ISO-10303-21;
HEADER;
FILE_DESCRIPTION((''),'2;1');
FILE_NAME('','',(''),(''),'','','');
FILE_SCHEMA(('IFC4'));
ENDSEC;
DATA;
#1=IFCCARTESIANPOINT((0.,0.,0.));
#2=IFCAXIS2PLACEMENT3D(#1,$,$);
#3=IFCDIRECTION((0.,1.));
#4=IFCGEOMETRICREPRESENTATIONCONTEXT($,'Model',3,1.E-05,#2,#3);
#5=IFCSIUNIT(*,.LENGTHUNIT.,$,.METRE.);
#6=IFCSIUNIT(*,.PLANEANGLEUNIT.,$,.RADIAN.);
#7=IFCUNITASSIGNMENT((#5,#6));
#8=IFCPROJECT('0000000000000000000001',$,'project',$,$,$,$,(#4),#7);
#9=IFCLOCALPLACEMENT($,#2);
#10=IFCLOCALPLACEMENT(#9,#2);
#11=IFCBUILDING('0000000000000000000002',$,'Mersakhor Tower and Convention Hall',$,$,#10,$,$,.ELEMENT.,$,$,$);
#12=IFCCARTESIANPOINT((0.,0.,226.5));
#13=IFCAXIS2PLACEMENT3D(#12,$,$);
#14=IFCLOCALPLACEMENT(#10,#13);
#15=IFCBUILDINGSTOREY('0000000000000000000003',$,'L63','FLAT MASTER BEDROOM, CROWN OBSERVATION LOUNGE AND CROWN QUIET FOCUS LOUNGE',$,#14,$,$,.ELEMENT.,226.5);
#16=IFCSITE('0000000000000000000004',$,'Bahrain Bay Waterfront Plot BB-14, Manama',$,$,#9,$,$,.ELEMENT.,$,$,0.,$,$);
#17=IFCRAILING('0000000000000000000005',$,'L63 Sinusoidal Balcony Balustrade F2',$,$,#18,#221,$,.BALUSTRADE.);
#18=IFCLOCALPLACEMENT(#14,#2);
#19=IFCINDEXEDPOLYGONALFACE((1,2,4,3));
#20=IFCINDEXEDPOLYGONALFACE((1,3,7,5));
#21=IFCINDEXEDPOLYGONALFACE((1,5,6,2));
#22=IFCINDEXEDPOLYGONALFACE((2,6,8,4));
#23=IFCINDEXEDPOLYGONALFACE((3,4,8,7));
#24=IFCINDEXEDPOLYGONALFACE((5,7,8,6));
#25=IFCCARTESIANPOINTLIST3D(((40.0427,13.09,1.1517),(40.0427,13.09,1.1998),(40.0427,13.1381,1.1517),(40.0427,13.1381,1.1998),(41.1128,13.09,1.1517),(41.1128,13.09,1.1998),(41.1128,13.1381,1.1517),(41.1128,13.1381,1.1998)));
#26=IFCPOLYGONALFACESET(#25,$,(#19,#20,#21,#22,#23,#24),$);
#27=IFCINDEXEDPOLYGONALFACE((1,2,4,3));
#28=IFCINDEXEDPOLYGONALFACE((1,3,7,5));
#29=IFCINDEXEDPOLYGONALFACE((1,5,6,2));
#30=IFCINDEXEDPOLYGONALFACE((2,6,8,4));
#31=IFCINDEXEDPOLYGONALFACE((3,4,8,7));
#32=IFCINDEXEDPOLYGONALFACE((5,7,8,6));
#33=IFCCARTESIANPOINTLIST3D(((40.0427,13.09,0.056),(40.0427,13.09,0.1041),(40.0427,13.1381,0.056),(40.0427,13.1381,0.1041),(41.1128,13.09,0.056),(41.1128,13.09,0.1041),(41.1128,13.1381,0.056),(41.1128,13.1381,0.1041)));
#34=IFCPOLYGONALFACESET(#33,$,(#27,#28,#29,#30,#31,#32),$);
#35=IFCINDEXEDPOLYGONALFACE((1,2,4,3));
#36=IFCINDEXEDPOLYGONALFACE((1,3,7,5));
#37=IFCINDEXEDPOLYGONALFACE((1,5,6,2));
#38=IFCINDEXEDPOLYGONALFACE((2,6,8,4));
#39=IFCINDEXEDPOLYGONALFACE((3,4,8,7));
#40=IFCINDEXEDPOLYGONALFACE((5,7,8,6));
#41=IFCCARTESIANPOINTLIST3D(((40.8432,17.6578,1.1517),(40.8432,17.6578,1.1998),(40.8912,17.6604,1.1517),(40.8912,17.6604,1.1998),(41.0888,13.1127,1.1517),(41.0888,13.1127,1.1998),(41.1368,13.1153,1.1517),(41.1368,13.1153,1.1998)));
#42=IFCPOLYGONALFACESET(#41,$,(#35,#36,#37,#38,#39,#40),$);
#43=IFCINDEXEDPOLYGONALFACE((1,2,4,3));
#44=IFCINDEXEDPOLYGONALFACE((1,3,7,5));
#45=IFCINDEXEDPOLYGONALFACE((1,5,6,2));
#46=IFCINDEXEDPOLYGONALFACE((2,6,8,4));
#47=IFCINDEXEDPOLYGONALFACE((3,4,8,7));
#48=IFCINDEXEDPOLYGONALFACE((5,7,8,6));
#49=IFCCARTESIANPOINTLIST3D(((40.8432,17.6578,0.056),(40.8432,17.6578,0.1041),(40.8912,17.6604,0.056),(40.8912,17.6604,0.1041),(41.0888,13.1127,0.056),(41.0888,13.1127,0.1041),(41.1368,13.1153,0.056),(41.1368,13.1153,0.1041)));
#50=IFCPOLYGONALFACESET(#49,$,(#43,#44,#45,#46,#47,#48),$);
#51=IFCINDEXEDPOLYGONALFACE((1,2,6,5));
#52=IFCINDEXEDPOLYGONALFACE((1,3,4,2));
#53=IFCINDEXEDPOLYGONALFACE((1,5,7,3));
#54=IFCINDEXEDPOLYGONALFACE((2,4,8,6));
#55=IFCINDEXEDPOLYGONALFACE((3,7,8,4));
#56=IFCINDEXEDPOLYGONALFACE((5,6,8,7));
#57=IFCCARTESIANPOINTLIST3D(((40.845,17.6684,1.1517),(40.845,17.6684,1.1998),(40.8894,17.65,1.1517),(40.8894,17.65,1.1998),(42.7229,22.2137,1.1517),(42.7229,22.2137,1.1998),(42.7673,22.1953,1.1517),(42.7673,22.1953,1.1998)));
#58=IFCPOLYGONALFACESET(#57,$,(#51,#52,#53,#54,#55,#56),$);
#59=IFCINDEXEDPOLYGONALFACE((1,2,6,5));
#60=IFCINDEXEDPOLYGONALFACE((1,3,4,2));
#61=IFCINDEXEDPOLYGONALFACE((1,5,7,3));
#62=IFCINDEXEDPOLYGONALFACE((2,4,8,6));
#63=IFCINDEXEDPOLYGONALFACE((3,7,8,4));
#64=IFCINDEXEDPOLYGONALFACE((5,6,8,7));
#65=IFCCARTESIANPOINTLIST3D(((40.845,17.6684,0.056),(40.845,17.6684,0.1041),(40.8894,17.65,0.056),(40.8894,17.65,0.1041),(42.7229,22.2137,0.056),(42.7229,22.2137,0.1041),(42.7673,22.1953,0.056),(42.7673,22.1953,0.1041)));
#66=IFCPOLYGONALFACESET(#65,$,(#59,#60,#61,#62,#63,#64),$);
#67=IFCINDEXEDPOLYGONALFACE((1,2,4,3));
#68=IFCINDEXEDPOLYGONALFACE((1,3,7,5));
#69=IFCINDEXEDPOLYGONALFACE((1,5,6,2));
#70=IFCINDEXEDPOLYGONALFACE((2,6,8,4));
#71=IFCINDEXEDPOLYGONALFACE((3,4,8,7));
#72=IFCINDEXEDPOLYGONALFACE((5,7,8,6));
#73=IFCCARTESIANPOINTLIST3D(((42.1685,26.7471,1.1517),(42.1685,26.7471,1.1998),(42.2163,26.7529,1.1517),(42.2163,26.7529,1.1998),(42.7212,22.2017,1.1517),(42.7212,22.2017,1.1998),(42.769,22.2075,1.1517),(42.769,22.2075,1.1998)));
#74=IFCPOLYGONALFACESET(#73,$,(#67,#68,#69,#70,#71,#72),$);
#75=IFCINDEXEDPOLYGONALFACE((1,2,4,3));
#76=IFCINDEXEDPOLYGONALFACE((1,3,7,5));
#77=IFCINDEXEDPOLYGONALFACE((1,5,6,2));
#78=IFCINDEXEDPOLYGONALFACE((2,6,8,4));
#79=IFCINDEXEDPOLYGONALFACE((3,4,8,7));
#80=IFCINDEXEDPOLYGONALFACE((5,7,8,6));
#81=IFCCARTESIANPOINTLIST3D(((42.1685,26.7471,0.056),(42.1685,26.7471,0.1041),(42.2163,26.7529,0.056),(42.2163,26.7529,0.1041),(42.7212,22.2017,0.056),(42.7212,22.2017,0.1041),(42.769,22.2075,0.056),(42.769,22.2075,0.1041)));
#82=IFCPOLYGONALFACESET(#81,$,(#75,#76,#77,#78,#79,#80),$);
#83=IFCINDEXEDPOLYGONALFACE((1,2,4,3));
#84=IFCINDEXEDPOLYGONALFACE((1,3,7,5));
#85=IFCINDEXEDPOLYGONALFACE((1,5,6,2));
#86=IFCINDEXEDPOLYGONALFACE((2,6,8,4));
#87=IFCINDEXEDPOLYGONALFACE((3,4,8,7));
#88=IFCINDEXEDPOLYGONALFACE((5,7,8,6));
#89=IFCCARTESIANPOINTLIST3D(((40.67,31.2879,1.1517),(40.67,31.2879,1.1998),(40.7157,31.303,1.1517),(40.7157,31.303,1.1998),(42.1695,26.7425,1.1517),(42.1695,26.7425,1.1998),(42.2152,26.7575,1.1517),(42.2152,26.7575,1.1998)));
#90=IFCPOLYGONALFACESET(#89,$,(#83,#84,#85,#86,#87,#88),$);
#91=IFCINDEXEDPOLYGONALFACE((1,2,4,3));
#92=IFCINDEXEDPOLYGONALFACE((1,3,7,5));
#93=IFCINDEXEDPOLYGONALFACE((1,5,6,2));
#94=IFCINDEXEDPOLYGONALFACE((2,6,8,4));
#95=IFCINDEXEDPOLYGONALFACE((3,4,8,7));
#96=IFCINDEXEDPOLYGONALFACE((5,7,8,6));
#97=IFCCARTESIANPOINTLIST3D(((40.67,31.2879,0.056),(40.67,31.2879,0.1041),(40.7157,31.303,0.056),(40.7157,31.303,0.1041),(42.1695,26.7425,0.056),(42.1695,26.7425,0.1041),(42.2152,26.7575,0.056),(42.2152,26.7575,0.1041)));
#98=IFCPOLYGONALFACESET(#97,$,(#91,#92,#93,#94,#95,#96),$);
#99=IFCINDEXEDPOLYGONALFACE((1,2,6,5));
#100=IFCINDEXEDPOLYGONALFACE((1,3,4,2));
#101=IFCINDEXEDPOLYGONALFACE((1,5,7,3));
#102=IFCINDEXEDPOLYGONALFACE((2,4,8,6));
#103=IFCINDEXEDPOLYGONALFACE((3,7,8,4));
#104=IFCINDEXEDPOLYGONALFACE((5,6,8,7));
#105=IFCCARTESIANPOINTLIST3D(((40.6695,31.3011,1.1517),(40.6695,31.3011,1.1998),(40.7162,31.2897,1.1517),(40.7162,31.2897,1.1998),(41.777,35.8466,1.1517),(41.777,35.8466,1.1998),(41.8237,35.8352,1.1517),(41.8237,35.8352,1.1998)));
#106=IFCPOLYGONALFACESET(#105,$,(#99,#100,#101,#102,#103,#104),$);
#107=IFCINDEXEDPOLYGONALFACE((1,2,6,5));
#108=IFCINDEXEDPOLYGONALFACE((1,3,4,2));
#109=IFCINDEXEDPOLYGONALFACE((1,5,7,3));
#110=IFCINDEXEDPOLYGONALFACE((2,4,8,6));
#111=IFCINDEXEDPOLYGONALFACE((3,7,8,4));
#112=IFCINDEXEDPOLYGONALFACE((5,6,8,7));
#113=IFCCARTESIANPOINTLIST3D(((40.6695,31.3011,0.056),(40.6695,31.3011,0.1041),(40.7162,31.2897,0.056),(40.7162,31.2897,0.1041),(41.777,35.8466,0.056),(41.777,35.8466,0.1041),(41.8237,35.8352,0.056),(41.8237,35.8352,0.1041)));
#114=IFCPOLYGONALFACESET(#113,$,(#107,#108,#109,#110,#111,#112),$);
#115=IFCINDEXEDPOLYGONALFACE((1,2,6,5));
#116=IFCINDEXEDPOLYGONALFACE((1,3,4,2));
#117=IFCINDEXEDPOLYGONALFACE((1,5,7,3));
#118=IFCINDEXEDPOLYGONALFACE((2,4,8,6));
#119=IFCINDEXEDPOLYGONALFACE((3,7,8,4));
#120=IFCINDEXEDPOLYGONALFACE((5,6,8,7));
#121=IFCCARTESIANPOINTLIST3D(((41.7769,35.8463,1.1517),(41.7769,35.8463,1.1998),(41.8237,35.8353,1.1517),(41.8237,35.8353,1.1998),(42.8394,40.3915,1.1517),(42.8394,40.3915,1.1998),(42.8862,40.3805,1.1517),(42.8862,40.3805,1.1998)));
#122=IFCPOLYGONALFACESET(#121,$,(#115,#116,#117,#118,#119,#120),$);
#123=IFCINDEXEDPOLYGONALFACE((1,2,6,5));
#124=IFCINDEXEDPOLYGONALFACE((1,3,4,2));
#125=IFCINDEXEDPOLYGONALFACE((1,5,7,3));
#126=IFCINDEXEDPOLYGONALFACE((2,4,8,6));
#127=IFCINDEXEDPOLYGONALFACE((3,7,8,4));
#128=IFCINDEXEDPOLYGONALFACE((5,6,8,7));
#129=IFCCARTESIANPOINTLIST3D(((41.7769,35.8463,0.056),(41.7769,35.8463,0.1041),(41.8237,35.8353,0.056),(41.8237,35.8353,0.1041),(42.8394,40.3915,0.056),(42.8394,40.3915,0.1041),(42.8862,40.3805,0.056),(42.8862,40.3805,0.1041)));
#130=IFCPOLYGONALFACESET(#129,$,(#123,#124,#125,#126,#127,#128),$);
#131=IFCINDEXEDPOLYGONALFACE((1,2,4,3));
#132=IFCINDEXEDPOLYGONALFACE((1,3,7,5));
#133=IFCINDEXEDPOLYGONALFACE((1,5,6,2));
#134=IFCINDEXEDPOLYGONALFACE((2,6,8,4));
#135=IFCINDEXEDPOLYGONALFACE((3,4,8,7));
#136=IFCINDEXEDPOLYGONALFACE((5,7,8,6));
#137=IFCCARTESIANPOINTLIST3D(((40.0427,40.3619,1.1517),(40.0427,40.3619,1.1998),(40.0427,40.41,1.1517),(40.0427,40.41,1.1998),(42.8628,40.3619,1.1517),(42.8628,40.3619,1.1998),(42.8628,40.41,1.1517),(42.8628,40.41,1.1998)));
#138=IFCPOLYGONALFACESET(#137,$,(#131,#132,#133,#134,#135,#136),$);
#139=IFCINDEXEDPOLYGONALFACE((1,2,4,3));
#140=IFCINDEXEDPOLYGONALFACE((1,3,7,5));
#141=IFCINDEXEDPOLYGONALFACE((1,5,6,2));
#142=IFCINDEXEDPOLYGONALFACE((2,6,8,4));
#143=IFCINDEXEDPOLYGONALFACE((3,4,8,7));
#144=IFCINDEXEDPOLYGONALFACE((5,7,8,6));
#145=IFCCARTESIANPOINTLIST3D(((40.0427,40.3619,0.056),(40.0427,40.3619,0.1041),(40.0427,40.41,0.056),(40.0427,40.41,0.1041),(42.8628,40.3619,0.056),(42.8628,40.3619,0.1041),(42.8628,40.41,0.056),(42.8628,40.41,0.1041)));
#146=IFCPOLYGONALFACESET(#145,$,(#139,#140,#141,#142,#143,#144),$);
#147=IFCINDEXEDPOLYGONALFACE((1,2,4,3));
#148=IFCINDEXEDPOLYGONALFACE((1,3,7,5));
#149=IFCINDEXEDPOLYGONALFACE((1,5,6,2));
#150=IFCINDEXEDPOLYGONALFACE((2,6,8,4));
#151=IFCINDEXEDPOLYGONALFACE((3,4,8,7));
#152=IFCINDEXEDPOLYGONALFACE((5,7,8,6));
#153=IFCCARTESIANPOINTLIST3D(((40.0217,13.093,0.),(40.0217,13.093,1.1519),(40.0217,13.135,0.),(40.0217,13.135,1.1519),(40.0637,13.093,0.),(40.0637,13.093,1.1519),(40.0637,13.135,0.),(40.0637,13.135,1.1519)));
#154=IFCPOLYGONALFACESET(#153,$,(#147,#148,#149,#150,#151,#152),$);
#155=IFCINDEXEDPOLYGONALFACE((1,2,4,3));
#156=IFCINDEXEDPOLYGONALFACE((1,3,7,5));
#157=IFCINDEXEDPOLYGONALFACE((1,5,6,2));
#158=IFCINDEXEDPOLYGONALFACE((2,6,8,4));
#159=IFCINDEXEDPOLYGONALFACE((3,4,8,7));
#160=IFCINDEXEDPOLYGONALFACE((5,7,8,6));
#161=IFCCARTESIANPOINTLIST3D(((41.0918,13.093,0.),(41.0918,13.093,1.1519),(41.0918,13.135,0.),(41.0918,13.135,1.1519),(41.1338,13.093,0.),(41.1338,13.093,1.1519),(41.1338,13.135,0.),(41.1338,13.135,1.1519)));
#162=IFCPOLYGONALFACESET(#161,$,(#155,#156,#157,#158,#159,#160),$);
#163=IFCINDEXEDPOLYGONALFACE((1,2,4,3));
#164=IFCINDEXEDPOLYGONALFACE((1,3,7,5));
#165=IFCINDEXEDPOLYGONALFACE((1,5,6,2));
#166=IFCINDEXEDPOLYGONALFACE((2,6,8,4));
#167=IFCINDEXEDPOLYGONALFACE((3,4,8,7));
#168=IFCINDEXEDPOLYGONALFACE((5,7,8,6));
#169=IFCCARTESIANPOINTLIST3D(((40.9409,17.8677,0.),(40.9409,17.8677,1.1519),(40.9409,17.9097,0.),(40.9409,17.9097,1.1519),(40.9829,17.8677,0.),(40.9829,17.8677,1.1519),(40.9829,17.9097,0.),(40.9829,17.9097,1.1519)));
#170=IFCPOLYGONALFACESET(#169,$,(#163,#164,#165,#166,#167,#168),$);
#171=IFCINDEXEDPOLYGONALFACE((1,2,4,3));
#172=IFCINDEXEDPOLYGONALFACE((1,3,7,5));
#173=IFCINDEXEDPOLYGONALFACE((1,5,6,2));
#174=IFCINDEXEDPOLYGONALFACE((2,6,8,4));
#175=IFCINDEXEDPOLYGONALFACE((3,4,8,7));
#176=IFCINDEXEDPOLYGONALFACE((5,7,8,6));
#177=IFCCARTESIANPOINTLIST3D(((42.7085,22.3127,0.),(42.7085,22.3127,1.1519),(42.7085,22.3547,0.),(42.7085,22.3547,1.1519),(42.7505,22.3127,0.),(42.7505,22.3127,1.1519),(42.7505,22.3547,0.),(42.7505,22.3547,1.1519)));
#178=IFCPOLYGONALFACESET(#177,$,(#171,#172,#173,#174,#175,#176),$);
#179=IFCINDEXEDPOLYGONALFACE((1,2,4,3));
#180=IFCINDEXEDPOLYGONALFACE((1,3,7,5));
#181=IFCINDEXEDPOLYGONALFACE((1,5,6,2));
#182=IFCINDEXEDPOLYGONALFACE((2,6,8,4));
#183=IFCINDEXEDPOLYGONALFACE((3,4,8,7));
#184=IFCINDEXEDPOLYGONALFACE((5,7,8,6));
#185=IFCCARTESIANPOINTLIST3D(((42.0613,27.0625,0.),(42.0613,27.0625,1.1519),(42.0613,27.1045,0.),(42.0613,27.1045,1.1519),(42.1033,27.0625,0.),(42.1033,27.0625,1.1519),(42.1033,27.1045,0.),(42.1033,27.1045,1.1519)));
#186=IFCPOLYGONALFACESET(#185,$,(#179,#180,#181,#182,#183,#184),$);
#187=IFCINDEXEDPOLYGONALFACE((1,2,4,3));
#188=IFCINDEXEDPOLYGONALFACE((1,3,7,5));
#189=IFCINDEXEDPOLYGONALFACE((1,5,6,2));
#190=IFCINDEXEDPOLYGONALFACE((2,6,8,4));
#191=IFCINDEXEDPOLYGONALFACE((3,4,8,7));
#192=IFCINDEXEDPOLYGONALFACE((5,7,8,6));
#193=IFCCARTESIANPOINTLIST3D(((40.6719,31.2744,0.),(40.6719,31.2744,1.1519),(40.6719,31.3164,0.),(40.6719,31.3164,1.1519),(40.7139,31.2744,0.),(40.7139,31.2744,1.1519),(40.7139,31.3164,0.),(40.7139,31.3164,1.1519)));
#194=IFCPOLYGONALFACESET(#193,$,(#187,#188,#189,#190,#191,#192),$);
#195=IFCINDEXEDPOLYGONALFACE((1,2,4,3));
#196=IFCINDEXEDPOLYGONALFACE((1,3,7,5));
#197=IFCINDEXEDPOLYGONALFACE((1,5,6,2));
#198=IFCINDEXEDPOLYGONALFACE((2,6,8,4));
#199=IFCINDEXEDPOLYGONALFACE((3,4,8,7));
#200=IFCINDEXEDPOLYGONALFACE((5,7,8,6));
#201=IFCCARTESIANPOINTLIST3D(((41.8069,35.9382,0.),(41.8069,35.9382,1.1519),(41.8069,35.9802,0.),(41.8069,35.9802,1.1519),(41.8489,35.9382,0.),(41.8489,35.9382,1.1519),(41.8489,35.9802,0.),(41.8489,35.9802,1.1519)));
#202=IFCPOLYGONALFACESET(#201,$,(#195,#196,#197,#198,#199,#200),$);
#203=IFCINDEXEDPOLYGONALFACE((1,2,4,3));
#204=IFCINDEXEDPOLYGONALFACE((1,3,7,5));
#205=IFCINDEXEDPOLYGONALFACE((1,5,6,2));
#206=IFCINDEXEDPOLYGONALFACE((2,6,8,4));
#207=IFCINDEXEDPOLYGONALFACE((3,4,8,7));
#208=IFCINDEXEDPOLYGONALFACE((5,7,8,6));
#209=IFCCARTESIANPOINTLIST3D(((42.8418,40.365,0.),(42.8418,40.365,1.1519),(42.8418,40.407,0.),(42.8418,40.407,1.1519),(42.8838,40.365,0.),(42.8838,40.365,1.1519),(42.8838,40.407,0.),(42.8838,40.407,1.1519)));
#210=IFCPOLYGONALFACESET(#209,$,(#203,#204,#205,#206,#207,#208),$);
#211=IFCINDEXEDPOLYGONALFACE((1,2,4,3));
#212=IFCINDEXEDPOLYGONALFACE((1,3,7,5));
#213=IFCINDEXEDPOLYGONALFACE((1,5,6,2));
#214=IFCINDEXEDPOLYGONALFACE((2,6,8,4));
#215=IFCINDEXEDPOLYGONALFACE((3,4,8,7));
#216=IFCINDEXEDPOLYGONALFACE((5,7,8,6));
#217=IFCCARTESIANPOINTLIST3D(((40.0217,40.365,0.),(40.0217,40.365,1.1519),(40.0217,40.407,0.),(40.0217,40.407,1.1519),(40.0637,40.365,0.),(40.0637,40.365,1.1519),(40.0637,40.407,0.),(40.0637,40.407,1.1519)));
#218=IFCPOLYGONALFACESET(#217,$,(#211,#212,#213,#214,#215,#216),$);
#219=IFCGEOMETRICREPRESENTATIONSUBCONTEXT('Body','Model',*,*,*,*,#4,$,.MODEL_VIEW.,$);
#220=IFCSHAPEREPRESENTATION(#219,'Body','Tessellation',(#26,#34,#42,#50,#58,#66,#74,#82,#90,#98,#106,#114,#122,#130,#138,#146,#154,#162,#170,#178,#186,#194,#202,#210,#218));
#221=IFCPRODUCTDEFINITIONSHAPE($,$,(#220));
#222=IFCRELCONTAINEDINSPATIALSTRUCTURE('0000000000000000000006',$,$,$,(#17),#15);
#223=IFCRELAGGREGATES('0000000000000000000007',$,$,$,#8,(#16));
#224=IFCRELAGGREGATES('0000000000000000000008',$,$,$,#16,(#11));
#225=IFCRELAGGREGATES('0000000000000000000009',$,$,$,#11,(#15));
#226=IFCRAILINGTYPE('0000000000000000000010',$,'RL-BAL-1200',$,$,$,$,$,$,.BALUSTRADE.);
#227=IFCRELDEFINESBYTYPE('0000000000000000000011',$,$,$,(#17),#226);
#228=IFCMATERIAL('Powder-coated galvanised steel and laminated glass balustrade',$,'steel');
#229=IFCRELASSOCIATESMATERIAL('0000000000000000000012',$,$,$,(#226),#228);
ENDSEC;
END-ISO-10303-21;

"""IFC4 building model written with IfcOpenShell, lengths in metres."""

from ifc_helpers import new_model, si_unit, direction, frame, origin, origin_2d, place, context, subcontext, project, spatial, rectangle, extrude, material, type_object, element, save


model = new_model("IFC4")

# Units and contexts
model_context = context("Model", 3, precision=1e-05, world=origin(), true_north=direction((0.0, 1.0)))
body_context = subcontext(model_context, "Body", "Model", "MODEL_VIEW")
ifc_project = project(units=[si_unit("LENGTHUNIT", "METRE"), si_unit("PLANEANGLEUNIT", "RADIAN")], contexts=[model_context])

# Site, building, storey
site_placement = place(None, origin())
site = spatial("IfcSite", under=ifc_project, at=site_placement, Name="Bahrain Bay Waterfront Plot BB-14, Manama", CompositionType="ELEMENT", RefElevation=0.0)
building_placement = place(site_placement, origin())
building = spatial("IfcBuilding", under=site, at=building_placement, Name="Mersakhor Tower and Convention Hall", CompositionType="ELEMENT")
storey_placement = place(building_placement, frame((0.0, 0.0, 226.5)))
storey = spatial("IfcBuildingStorey", under=building, at=storey_placement, Name="L63", Description="FLAT MASTER BEDROOM, CROWN OBSERVATION LOUNGE AND CROWN QUIET FOCUS LOUNGE", CompositionType="ELEMENT", Elevation=226.5)

# Railing
ifc_material_1 = material(Name="Powder-coated galvanised steel and laminated glass balustrade", Category="steel")
railing_type = type_object("IfcRailingType", Name="RL-BAL-1200", PredefinedType="BALUSTRADE", material=ifc_material_1)
railing_placement = place(storey_placement, frame((40.0427, 13.114, 0.0)))
element("IfcRailing", 1, at=railing_placement, inside=storey, type_object=railing_type, Name="L63 Sinusoidal Balcony Balustrade F2", PredefinedType="BALUSTRADE", context=body_context, shape_type="SweptSolid", body=[
    extrude(rectangle(XDim=0.0481, YDim=0.0481, at=origin_2d()), frame((0.0, 0.0, 1.1758), z_axis=(1.0, 0.0, 0.0), x_axis=(0.0, 1.0, 0.0)), (0.0, 0.0, 1.0), 1.0701),
    extrude(rectangle(XDim=0.0481, YDim=0.0481, at=origin_2d()), frame((0.0, 0.0, 0.0801), z_axis=(1.0, 0.0, 0.0), x_axis=(0.0, 1.0, 0.0)), (0.0, 0.0, 1.0), 1.0701),
    extrude(rectangle(XDim=0.0481, YDim=0.0481, at=origin_2d()), frame((1.0701, 0.0, 1.1758), z_axis=(-0.053958, 0.998543, 0.0), x_axis=(-0.998543, -0.053958, 0.0)), (0.0, 0.0, 1.0), 4.5518),
    extrude(rectangle(XDim=0.0481, YDim=0.0481, at=origin_2d()), frame((1.0701, 0.0, 0.0801), z_axis=(-0.053958, 0.998543, 0.0), x_axis=(-0.998543, -0.053958, 0.0)), (0.0, 0.0, 1.0), 4.5518),
    extrude(rectangle(XDim=0.0481, YDim=0.0481, at=origin_2d()), frame((0.8245, 4.5452, 1.1758), z_axis=(0.381843, 0.924227, 0.0), x_axis=(-0.924227, 0.381843, 0.0)), (0.0, 0.0, 1.0), 4.918),
    extrude(rectangle(XDim=0.0481, YDim=0.0481, at=origin_2d()), frame((0.8245, 4.5452, 0.0801), z_axis=(0.381843, 0.924227, 0.0), x_axis=(-0.924227, 0.381843, 0.0)), (0.0, 0.0, 1.0), 4.918),
    extrude(rectangle(XDim=0.0481, YDim=0.0481, at=origin_2d()), frame((2.7024, 9.0906, 1.1758), z_axis=(-0.120714, 0.992687, 0.0), x_axis=(-0.992687, -0.120714, 0.0)), (0.0, 0.0, 1.0), 4.5789),
    extrude(rectangle(XDim=0.0481, YDim=0.0481, at=origin_2d()), frame((2.7024, 9.0906, 0.0801), z_axis=(-0.120714, 0.992687, 0.0), x_axis=(-0.992687, -0.120714, 0.0)), (0.0, 0.0, 1.0), 4.5789),
    extrude(rectangle(XDim=0.0481, YDim=0.0481, at=origin_2d()), frame((2.1497, 13.636, 1.1758), z_axis=(-0.313288, 0.949658, 0.0), x_axis=(-0.949658, -0.313288, 0.0)), (0.0, 0.0, 1.0), 4.7864),
    extrude(rectangle(XDim=0.0481, YDim=0.0481, at=origin_2d()), frame((2.1497, 13.636, 0.0801), z_axis=(-0.313288, 0.949658, 0.0), x_axis=(-0.949658, -0.313288, 0.0)), (0.0, 0.0, 1.0), 4.7864),
    extrude(rectangle(XDim=0.0481, YDim=0.0481, at=origin_2d()), frame((0.6501, 18.1814, 1.1758), z_axis=(0.236711, 0.97158, 0.0), x_axis=(-0.97158, 0.236711, 0.0)), (0.0, 0.0, 1.0), 4.6785),
    extrude(rectangle(XDim=0.0481, YDim=0.0481, at=origin_2d()), frame((0.6501, 18.1814, 0.0801), z_axis=(0.236711, 0.97158, 0.0), x_axis=(-0.97158, 0.236711, 0.0)), (0.0, 0.0, 1.0), 4.6785),
    extrude(rectangle(XDim=0.0481, YDim=0.0481, at=origin_2d()), frame((1.7576, 22.7268, 1.1758), z_axis=(0.227628, 0.973748, 0.0), x_axis=(-0.973748, 0.227628, 0.0)), (0.0, 0.0, 1.0), 4.6677),
    extrude(rectangle(XDim=0.0481, YDim=0.0481, at=origin_2d()), frame((1.7576, 22.7268, 0.0801), z_axis=(0.227628, 0.973748, 0.0), x_axis=(-0.973748, 0.227628, 0.0)), (0.0, 0.0, 1.0), 4.6677),
    extrude(rectangle(XDim=0.0481, YDim=0.0481, at=origin_2d()), frame((2.8201, 27.272, 1.1758), z_axis=(-1.0, 0.0, 0.0), x_axis=(0.0, -1.0, 0.0)), (0.0, 0.0, 1.0), 2.8201),
    extrude(rectangle(XDim=0.0481, YDim=0.0481, at=origin_2d()), frame((2.8201, 27.272, 0.0801), z_axis=(-1.0, 0.0, 0.0), x_axis=(0.0, -1.0, 0.0)), (0.0, 0.0, 1.0), 2.8201),
    extrude(rectangle(XDim=0.042, YDim=0.042, at=origin_2d()), origin(), (0.0, 0.0, 1.0), 1.1519),
    extrude(rectangle(XDim=0.042, YDim=0.042, at=origin_2d()), frame((1.0701, 0.0, 0.0)), (0.0, 0.0, 1.0), 1.1519),
    extrude(rectangle(XDim=0.042, YDim=0.042, at=origin_2d()), frame((0.9192, 4.7747, 0.0)), (0.0, 0.0, 1.0), 1.1519),
    extrude(rectangle(XDim=0.042, YDim=0.042, at=origin_2d()), frame((2.6868, 9.2197, 0.0)), (0.0, 0.0, 1.0), 1.1519),
    extrude(rectangle(XDim=0.042, YDim=0.042, at=origin_2d()), frame((2.0396, 13.9695, 0.0)), (0.0, 0.0, 1.0), 1.1519),
    extrude(rectangle(XDim=0.042, YDim=0.042, at=origin_2d()), frame((0.6501, 18.1814, 0.0)), (0.0, 0.0, 1.0), 1.1519),
    extrude(rectangle(XDim=0.042, YDim=0.042, at=origin_2d()), frame((1.7852, 22.8452, 0.0)), (0.0, 0.0, 1.0), 1.1519),
    extrude(rectangle(XDim=0.042, YDim=0.042, at=origin_2d()), frame((2.8201, 27.272, 0.0)), (0.0, 0.0, 1.0), 1.1519),
    extrude(rectangle(XDim=0.042, YDim=0.042, at=origin_2d()), frame((0.0, 27.272, 0.0)), (0.0, 0.0, 1.0), 1.1519),
])

save(model, "model.ifc")
